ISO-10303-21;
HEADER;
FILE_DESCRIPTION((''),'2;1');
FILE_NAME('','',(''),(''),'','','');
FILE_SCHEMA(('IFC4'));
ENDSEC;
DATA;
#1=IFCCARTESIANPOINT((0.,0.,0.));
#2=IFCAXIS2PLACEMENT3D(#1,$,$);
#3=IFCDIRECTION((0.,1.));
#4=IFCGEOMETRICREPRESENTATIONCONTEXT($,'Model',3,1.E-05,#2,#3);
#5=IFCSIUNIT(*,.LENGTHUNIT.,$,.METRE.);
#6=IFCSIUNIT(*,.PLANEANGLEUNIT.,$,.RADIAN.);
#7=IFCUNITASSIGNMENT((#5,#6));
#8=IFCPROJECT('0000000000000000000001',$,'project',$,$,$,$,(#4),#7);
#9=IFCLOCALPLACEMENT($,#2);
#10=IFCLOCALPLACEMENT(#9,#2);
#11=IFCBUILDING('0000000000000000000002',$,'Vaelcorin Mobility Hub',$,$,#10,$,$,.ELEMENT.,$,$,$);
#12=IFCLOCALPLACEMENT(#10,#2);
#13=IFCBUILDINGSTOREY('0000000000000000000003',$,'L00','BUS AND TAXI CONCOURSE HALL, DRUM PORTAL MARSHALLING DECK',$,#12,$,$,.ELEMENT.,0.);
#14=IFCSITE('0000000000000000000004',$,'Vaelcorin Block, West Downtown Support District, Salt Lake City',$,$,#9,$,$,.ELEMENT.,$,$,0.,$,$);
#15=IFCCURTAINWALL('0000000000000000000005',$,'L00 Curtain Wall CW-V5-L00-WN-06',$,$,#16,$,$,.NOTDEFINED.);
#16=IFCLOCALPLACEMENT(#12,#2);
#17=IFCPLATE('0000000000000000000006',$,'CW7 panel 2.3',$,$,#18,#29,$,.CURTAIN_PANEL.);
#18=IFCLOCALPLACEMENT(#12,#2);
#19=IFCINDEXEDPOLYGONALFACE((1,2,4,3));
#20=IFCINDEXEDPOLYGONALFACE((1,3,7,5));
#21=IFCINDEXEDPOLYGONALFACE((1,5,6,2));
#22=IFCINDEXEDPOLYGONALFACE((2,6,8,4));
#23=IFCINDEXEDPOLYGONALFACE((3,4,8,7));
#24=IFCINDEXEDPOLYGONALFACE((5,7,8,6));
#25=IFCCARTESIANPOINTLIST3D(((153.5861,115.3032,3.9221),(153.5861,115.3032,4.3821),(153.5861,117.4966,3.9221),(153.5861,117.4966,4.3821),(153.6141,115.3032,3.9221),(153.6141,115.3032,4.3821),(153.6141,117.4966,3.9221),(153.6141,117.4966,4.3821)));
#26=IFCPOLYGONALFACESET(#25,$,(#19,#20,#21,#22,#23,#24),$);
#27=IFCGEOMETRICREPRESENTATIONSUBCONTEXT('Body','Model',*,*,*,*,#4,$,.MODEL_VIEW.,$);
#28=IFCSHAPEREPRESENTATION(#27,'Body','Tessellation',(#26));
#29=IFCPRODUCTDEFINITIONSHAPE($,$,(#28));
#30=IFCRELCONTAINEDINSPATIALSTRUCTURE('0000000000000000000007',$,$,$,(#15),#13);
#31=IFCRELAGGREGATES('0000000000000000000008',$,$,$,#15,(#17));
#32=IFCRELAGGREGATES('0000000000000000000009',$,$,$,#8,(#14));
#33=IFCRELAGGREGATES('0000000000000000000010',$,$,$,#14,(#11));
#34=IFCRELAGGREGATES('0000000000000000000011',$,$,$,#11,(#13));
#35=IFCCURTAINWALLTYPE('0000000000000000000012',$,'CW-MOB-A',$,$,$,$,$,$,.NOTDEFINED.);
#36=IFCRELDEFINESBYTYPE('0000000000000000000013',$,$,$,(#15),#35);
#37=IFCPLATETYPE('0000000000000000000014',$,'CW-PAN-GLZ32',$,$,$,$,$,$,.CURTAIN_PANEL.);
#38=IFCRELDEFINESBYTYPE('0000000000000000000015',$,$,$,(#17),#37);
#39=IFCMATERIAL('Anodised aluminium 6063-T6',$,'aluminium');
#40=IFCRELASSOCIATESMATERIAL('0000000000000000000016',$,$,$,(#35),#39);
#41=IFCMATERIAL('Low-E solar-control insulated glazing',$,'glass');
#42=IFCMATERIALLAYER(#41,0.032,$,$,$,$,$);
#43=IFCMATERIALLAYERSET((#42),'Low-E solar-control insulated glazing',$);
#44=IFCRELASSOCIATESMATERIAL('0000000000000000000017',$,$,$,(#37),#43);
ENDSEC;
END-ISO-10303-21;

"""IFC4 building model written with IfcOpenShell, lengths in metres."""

from ifc_helpers import new_model, si_unit, direction, frame, origin, origin_2d, place, context, subcontext, project, spatial, rectangle, extrude, material, layer, layer_set, type_object, element, aggregate, save


model = new_model("IFC4")

# Units and contexts
model_context = context("Model", 3, precision=1e-05, world=origin(), true_north=direction((0.0, 1.0)))
body_context = subcontext(model_context, "Body", "Model", "MODEL_VIEW")
ifc_project = project(units=[si_unit("LENGTHUNIT", "METRE"), si_unit("PLANEANGLEUNIT", "RADIAN")], contexts=[model_context])

# Site, building, storey
site_placement = place(None, origin())
site = spatial("IfcSite", under=ifc_project, at=site_placement, Name="Vaelcorin Block, West Downtown Support District, Salt Lake City", CompositionType="ELEMENT", RefElevation=0.0)
building_placement = place(site_placement, origin())
building = spatial("IfcBuilding", under=site, at=building_placement, Name="Vaelcorin Mobility Hub", CompositionType="ELEMENT")
storey_placement = place(building_placement, origin())
storey = spatial("IfcBuildingStorey", under=building, at=storey_placement, Name="L00", Description="BUS AND TAXI CONCOURSE HALL, DRUM PORTAL MARSHALLING DECK", CompositionType="ELEMENT", Elevation=0.0)

# Shared definitions
ifc_material_1 = material(Name="Anodised aluminium 6063-T6", Category="aluminium")
curtain_wall_type = type_object("IfcCurtainWallType", Name="CW-MOB-A", PredefinedType="NOTDEFINED", material=ifc_material_1)

# Curtain wall
curtain_wall_1_placement = place(storey_placement, origin())
curtain_wall_1 = element("IfcCurtainWall", 1, at=curtain_wall_1_placement, inside=storey, type_object=curtain_wall_type, Name="L00 Curtain Wall CW-V5-L00-WN-06", PredefinedType="NOTDEFINED")

# Plate
ifc_material_2 = material(Name="Low-E solar-control insulated glazing", Category="glass")
ifc_layer = layer(ifc_material_2, 0.032)
ifc_layer_set = layer_set([ifc_layer], Name="Low-E solar-control insulated glazing")
plate_type = type_object("IfcPlateType", Name="CW-PAN-GLZ32", PredefinedType="CURTAIN_PANEL", material=ifc_layer_set)
plate_1_placement = place(storey_placement, frame((153.6001, 116.3999, 3.9221), z_axis=(0.0, 0.0, 1.0), x_axis=(0.0, 1.0, 0.0)))
plate_1 = element("IfcPlate", 2, at=plate_1_placement, type_object=plate_type, Name="CW7 panel 2.3", PredefinedType="CURTAIN_PANEL", context=body_context, shape_type="SweptSolid", body=[
    extrude(rectangle(XDim=2.1934, YDim=0.0281, at=origin_2d()), origin(), (0.0, 0.0, 1.0), 0.46),
])
aggregate(curtain_wall_1, [plate_1])

save(model, "model.ifc")
